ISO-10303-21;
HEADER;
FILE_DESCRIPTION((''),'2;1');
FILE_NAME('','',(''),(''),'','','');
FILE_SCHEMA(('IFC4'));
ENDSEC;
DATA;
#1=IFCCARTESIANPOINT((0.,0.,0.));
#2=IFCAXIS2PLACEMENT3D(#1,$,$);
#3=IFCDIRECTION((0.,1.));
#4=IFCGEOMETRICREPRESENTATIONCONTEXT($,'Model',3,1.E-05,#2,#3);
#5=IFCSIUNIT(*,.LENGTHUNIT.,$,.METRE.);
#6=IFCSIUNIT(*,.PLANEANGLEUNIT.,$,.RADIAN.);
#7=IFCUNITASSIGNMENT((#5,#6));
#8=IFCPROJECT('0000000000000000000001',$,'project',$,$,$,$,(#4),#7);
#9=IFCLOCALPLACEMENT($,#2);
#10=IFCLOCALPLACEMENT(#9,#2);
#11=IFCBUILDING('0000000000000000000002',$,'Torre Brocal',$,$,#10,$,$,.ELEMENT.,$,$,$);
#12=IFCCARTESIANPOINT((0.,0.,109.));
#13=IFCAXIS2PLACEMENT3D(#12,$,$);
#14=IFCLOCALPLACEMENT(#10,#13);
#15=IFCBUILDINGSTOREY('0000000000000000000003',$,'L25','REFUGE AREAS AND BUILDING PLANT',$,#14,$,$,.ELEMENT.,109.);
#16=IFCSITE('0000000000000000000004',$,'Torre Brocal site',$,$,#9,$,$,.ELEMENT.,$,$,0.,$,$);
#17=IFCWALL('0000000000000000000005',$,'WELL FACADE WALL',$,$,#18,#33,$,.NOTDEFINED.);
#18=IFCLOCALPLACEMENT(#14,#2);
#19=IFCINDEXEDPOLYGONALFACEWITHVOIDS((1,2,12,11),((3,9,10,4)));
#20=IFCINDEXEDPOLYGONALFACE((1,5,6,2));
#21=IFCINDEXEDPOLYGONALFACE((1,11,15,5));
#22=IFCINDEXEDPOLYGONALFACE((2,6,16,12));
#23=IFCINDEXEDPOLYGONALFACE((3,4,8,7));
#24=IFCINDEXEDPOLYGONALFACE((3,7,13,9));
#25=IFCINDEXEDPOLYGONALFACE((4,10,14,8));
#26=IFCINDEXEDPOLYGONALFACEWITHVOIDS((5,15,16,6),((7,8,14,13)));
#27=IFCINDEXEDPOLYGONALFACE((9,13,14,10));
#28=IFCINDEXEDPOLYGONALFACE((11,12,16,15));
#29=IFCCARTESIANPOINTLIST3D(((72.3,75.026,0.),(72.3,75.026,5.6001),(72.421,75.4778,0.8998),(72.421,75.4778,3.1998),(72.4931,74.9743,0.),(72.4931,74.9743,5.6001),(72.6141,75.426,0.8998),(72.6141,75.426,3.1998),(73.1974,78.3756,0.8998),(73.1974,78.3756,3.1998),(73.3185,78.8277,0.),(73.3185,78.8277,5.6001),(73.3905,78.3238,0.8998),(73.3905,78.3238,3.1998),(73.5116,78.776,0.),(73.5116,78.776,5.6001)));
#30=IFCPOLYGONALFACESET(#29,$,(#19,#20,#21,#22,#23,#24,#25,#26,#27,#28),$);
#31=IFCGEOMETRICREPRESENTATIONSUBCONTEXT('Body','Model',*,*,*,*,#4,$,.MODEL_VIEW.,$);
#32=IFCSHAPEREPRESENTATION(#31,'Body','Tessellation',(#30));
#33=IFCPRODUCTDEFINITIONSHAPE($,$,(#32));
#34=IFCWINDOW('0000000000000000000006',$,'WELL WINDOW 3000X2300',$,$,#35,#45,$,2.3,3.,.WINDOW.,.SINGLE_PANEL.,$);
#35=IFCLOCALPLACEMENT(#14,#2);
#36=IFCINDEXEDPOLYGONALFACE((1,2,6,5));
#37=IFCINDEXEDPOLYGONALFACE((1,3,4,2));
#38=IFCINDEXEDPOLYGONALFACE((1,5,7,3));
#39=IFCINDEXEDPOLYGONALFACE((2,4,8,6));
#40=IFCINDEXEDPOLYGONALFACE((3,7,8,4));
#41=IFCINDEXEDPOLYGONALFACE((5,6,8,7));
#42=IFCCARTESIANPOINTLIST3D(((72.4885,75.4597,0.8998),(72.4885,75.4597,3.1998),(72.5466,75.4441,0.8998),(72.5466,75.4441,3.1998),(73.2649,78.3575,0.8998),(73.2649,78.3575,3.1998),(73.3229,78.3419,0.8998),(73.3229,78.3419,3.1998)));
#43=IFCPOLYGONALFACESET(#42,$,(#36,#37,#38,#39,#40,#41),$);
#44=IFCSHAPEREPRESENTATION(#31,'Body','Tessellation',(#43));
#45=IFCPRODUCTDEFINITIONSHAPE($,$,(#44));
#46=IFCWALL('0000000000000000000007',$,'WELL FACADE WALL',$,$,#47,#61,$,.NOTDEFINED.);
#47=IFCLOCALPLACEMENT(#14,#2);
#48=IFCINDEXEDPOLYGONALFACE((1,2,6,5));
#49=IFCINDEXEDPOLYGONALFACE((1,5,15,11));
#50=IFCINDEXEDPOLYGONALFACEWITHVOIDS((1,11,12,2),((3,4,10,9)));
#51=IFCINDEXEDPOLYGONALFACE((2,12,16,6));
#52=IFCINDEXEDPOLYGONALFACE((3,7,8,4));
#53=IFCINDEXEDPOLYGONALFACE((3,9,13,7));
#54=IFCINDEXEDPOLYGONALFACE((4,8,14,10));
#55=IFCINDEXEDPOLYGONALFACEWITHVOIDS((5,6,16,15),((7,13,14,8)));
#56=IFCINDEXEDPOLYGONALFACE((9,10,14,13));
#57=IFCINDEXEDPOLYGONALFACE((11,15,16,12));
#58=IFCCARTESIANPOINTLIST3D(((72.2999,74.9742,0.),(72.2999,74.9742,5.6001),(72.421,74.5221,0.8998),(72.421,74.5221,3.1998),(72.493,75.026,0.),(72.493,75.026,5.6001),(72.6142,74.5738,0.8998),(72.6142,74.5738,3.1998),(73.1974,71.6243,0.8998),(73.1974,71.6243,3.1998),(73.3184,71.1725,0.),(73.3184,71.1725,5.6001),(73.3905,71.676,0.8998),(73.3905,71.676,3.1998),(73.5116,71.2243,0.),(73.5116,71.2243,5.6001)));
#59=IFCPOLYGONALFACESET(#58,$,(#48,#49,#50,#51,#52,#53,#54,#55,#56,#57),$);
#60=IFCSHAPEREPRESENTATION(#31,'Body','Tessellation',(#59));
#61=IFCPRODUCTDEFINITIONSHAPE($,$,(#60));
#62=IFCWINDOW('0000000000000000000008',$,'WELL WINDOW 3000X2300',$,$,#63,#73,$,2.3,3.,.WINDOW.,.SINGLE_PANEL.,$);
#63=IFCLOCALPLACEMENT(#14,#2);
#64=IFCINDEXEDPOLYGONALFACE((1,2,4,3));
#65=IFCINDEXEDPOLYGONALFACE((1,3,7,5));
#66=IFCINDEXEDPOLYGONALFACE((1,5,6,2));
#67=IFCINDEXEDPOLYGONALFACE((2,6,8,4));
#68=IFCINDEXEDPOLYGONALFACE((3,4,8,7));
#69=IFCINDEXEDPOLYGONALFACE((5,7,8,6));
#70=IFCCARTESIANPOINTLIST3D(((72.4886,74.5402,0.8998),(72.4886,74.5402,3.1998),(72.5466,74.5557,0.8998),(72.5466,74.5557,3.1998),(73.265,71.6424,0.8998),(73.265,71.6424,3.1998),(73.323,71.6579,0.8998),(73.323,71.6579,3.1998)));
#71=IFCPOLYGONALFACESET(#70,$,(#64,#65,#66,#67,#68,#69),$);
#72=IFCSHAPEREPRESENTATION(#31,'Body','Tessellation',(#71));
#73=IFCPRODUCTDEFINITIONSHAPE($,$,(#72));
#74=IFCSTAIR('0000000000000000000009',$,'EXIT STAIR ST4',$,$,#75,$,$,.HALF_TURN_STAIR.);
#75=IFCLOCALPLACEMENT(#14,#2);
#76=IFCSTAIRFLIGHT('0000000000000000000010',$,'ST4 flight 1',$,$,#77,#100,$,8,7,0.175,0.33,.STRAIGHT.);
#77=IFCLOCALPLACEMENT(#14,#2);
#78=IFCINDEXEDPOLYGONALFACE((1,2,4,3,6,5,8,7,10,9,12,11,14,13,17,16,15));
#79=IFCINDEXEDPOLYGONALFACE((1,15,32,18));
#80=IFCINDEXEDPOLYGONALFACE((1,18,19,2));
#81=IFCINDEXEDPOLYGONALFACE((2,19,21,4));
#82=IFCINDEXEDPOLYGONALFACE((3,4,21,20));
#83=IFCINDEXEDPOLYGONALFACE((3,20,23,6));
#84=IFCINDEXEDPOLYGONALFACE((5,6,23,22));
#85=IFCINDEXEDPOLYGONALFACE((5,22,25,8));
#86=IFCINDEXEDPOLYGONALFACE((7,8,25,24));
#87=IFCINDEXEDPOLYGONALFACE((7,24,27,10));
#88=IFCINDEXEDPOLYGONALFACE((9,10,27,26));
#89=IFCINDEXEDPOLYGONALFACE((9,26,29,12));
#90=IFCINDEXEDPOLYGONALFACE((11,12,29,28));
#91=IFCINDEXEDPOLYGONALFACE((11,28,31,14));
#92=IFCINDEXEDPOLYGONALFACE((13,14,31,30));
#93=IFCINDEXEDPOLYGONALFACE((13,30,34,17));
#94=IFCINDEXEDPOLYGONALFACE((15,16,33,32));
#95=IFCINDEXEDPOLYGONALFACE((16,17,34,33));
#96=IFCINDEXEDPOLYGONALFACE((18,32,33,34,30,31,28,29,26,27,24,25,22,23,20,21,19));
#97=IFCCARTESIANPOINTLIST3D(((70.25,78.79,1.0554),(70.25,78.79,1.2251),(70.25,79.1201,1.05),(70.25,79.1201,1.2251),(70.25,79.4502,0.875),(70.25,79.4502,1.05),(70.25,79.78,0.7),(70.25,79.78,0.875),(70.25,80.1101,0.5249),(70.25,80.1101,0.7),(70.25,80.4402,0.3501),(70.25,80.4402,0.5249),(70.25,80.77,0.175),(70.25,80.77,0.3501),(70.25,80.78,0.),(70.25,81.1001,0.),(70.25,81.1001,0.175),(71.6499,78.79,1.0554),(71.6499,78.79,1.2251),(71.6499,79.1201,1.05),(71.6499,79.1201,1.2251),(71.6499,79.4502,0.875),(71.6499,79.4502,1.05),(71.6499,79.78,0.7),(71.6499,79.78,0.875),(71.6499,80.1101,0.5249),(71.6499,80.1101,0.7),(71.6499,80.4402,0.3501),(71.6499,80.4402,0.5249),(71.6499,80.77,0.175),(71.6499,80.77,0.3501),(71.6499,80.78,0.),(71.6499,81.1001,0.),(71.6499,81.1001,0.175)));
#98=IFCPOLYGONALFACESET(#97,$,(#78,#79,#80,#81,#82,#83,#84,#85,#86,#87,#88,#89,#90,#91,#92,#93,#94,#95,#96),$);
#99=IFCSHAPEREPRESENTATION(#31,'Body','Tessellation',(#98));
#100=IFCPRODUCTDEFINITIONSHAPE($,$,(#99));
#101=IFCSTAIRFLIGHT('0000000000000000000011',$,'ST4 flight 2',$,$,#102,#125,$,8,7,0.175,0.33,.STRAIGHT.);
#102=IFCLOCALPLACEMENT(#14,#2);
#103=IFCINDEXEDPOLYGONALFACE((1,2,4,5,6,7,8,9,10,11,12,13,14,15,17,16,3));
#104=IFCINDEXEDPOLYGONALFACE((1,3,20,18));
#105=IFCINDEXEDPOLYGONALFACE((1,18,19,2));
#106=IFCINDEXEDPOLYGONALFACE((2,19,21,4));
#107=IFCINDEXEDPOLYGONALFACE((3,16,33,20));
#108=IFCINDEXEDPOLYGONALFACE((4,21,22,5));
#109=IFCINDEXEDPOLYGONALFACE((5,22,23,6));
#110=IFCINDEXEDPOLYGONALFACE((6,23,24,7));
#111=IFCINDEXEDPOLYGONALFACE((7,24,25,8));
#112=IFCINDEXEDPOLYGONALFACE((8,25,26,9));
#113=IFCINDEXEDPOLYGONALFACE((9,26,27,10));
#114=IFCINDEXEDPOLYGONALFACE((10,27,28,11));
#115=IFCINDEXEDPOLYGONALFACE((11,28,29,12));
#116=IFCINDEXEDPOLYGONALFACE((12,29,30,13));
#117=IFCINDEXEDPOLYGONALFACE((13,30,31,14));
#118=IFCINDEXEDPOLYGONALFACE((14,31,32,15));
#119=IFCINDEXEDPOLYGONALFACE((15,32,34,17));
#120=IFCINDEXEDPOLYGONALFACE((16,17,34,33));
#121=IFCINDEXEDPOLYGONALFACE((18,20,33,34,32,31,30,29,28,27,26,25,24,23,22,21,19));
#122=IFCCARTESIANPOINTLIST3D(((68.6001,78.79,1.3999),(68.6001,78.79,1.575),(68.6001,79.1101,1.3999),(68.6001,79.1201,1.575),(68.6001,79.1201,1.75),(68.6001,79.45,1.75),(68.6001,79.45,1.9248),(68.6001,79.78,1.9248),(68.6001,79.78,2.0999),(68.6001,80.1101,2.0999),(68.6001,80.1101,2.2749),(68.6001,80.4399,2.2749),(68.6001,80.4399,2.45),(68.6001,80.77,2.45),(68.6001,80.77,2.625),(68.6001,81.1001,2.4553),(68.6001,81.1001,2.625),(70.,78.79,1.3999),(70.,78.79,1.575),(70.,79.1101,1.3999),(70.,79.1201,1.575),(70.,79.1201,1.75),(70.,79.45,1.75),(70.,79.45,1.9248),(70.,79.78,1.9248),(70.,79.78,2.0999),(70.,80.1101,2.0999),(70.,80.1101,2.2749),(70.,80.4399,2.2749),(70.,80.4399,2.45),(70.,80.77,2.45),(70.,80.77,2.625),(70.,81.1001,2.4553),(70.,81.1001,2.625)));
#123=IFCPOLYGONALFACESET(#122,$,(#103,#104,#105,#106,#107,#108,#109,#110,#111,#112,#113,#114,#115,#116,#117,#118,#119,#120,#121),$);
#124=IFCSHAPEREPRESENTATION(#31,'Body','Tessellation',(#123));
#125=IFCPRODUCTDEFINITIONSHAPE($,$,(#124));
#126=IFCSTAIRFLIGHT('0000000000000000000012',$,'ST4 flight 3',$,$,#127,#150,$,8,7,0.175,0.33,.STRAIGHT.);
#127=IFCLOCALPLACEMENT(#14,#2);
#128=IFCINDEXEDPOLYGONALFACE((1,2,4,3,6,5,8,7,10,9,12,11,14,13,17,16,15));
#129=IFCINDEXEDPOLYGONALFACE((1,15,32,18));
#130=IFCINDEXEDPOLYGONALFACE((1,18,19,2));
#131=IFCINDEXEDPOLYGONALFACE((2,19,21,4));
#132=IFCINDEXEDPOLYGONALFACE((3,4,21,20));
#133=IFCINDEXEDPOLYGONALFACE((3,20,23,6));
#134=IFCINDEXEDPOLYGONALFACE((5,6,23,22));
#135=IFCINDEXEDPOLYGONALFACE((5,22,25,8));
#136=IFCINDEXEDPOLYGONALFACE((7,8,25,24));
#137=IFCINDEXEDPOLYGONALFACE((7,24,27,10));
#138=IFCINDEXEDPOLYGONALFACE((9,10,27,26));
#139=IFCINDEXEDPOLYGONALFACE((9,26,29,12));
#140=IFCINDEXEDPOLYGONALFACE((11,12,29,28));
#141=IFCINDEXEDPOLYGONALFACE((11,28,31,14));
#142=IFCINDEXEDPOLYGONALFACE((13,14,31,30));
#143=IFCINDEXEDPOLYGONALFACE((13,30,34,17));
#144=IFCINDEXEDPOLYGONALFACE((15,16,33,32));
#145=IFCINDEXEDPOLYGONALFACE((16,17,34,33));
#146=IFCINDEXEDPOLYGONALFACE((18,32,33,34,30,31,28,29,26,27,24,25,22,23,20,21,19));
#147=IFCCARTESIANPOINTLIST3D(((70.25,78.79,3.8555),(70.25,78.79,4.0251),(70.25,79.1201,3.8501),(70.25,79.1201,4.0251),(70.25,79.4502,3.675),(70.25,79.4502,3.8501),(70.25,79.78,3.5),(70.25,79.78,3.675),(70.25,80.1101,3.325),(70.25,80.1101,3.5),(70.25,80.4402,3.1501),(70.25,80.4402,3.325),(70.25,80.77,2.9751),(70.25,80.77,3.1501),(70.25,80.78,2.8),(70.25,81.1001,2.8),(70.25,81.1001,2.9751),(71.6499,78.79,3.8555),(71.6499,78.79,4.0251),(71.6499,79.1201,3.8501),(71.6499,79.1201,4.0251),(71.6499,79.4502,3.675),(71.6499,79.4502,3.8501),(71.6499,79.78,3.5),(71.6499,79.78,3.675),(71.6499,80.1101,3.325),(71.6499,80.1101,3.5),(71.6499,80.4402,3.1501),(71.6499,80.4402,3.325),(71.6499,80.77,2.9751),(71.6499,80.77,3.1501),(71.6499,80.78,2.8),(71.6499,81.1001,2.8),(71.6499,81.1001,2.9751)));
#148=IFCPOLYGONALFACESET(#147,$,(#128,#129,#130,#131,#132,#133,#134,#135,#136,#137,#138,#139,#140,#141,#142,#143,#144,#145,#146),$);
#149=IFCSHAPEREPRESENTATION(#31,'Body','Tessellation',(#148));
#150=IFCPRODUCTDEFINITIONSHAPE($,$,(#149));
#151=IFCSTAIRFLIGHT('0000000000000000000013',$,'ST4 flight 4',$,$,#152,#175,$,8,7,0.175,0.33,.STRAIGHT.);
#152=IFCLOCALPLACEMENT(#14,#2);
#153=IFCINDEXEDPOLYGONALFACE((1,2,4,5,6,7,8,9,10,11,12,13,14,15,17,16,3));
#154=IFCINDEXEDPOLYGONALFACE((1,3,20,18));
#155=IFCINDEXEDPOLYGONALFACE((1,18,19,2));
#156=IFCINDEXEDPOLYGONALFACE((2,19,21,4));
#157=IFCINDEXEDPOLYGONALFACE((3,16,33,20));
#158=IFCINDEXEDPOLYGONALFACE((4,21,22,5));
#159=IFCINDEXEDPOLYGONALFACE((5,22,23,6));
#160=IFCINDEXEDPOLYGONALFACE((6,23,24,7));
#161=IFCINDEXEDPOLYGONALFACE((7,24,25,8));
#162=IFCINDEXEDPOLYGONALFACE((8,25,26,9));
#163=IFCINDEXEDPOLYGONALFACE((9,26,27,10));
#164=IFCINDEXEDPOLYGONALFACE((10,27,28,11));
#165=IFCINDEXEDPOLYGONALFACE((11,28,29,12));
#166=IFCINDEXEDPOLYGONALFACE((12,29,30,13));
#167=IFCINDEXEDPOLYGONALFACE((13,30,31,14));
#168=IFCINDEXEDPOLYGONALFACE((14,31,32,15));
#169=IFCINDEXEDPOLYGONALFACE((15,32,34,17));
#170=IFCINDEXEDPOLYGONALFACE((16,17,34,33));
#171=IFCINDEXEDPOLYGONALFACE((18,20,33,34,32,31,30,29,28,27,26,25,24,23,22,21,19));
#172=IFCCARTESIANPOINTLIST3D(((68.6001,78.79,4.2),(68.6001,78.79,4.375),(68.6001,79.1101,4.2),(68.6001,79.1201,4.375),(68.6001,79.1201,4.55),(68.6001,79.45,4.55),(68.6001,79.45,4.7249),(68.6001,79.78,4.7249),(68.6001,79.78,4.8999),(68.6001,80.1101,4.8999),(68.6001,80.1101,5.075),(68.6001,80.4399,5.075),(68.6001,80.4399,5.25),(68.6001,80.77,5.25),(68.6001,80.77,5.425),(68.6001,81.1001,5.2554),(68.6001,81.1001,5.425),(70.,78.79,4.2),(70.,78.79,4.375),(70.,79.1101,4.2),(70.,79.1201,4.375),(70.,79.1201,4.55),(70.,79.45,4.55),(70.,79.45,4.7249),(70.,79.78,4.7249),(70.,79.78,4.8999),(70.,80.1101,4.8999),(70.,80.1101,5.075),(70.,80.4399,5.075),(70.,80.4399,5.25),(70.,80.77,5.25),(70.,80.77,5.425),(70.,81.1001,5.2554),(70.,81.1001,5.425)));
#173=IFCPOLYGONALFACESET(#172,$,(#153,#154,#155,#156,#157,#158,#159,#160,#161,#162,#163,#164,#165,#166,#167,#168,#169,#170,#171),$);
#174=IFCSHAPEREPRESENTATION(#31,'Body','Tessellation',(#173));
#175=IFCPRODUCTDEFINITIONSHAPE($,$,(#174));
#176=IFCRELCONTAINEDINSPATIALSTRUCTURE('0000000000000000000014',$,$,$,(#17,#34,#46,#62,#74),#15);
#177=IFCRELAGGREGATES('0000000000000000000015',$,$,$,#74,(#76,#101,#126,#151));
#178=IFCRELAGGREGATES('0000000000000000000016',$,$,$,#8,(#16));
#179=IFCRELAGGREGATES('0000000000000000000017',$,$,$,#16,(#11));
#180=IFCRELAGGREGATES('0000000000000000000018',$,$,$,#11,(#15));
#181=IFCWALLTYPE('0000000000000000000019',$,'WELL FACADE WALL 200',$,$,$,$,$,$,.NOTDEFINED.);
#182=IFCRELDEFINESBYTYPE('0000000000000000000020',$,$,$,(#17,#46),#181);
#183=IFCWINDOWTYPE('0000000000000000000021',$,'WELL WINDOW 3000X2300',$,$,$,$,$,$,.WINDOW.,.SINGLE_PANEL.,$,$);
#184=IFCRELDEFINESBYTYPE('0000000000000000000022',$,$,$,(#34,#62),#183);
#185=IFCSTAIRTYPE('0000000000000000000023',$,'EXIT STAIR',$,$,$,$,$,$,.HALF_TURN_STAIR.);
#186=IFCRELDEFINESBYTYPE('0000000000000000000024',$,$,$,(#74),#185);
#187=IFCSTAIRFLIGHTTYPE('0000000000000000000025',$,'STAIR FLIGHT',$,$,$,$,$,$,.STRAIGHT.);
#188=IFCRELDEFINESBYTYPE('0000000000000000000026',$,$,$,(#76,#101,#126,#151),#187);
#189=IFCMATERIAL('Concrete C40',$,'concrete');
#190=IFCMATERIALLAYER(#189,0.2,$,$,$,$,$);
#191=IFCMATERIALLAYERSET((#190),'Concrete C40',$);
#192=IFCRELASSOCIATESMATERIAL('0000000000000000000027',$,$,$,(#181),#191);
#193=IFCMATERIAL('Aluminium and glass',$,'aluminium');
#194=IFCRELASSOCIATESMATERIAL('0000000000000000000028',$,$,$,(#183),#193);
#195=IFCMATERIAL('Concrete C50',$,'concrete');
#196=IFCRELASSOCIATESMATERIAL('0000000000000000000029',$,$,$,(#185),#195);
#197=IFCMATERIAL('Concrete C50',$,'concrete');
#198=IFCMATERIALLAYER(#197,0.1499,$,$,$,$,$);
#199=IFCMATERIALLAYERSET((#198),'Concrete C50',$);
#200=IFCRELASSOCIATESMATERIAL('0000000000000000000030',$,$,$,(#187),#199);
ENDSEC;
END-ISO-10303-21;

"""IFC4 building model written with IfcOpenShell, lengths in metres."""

from ifc_helpers import new_model, si_unit, direction, frame, frame_2d, origin, place, context, subcontext, project, spatial, polyline, rectangle, outline, extrude, material, layer, layer_set, type_object, element, fill, aggregate, save


model = new_model("IFC4")

# Units and contexts
model_context = context("Model", 3, precision=1e-05, world=origin(), true_north=direction((0.0, 1.0)))
body_context = subcontext(model_context, "Body", "Model", "MODEL_VIEW")
ifc_project = project(units=[si_unit("LENGTHUNIT", "METRE"), si_unit("PLANEANGLEUNIT", "RADIAN")], contexts=[model_context])

# Site, building, storey
site_placement = place(None, origin())
site = spatial("IfcSite", under=ifc_project, at=site_placement, Name="Torre Brocal site", CompositionType="ELEMENT", RefElevation=0.0)
building_placement = place(site_placement, origin())
building = spatial("IfcBuilding", under=site, at=building_placement, Name="Torre Brocal", CompositionType="ELEMENT")
storey_placement = place(building_placement, frame((0.0, 0.0, 109.0)))
storey = spatial("IfcBuildingStorey", under=building, at=storey_placement, Name="L25", Description="REFUGE AREAS AND BUILDING PLANT", CompositionType="ELEMENT", Elevation=109.0)

# Walls, openings, windows
ifc_material_1 = material(Name="Concrete C40", Category="concrete")
ifc_layer_1 = layer(ifc_material_1, 0.2)
ifc_layer_set_1 = layer_set([ifc_layer_1], Name="Concrete C40")
wall_type_1 = type_object("IfcWallType", Name="WELL FACADE WALL 200", PredefinedType="NOTDEFINED", material=ifc_layer_set_1)
wall_1_placement = place(storey_placement, frame((73.415, 78.8018, 0.0), z_axis=(0.0, 0.0, 1.0), x_axis=(-0.25879, -0.965934, 0.0)))
wall_1 = element("IfcWall", 1, at=wall_1_placement, inside=storey, type_object=wall_type_1, Name="WELL FACADE WALL", PredefinedType="NOTDEFINED", context=body_context, shape_type="SweptSolid", body=[
    extrude(rectangle(XDim=3.9358, YDim=0.2, at=frame_2d((1.9678, 0.0))), origin(), (0.0, 0.0, 1.0), 5.6001),
])
opening_1_placement = place(wall_1_placement, frame((0.468, 0.0, 0.8999)))
opening_1 = element("IfcOpeningElement", 2, at=opening_1_placement, cuts=wall_1, PredefinedType="OPENING", context=body_context, shape_type="SweptSolid", body=[
    extrude(rectangle(XDim=3.0, YDim=2.3, at=frame_2d((1.5, 1.1499))), frame((0.0, 0.1099, 0.0), z_axis=(0.0, -1.0, 0.0), x_axis=(1.0, 0.0, 0.0)), (0.0, 0.0, 1.0), 0.22),
])
ifc_material_2 = material(Name="Aluminium and glass", Category="aluminium")
window_type_1 = type_object("IfcWindowType", Name="WELL WINDOW 3000X2300", PartitioningType="SINGLE_PANEL", PredefinedType="WINDOW", material=ifc_material_2)
window_1_placement = place(opening_1_placement, origin())
window_1 = element("IfcWindow", 3, at=window_1_placement, inside=storey, type_object=window_type_1, Name="WELL WINDOW 3000X2300", OverallHeight=2.3, OverallWidth=3.0, PartitioningType="SINGLE_PANEL", PredefinedType="WINDOW", context=body_context, shape_type="SweptSolid", body=[
    extrude(rectangle(XDim=3.0, YDim=2.3, at=frame_2d((1.5, 1.1499))), frame((0.0, 0.03, 0.0), z_axis=(0.0, -1.0, 0.0), x_axis=(1.0, 0.0, 0.0)), (0.0, 0.0, 1.0), 0.0601),
])
fill(opening_1, window_1)
wall_2_placement = place(storey_placement, frame((72.3965, 75.0, 0.0), z_axis=(0.0, 0.0, 1.0), x_axis=(0.25879, -0.965934, 0.0)))
wall_2 = element("IfcWall", 4, at=wall_2_placement, inside=storey, type_object=wall_type_1, Name="WELL FACADE WALL", PredefinedType="NOTDEFINED", context=body_context, shape_type="SweptSolid", body=[
    extrude(rectangle(XDim=3.9358, YDim=0.2, at=frame_2d((1.9678, 0.0))), origin(), (0.0, 0.0, 1.0), 5.6001),
])
opening_2_placement = place(wall_2_placement, frame((0.468, 0.0, 0.8999)))
opening_2 = element("IfcOpeningElement", 5, at=opening_2_placement, cuts=wall_2, PredefinedType="OPENING", context=body_context, shape_type="SweptSolid", body=[
    extrude(rectangle(XDim=3.0, YDim=2.3, at=frame_2d((1.5, 1.1499))), frame((0.0, 0.1099, 0.0), z_axis=(0.0, -1.0, 0.0), x_axis=(1.0, 0.0, 0.0)), (0.0, 0.0, 1.0), 0.22),
])
window_2_placement = place(opening_2_placement, origin())
window_2 = element("IfcWindow", 6, at=window_2_placement, inside=storey, type_object=window_type_1, Name="WELL WINDOW 3000X2300", OverallHeight=2.3, OverallWidth=3.0, PartitioningType="SINGLE_PANEL", PredefinedType="WINDOW", context=body_context, shape_type="SweptSolid", body=[
    extrude(rectangle(XDim=3.0, YDim=2.3, at=frame_2d((1.5, 1.1499))), frame((0.0, 0.03, 0.0), z_axis=(0.0, -1.0, 0.0), x_axis=(1.0, 0.0, 0.0)), (0.0, 0.0, 1.0), 0.0601),
])
fill(opening_2, window_2)

# Stair, stair flights
ifc_material_3 = material(Name="Concrete C50", Category="concrete")
stair_type = type_object("IfcStairType", Name="EXIT STAIR", PredefinedType="HALF_TURN_STAIR", material=ifc_material_3)
stair_placement = place(storey_placement, origin())
stair = element("IfcStair", 7, at=stair_placement, inside=storey, type_object=stair_type, Name="EXIT STAIR ST4", PredefinedType="HALF_TURN_STAIR")
ifc_material_4 = material(Name="Concrete C50", Category="concrete")
ifc_layer_2 = layer(ifc_material_4, 0.1499)
ifc_layer_set_2 = layer_set([ifc_layer_2], Name="Concrete C50")
stair_flight_type = type_object("IfcStairFlightType", Name="STAIR FLIGHT", PredefinedType="STRAIGHT", material=ifc_layer_set_2)
stair_flight_1_placement = place(storey_placement, frame((70.95, 81.1001, 0.0), z_axis=(0.0, 0.0, 1.0), x_axis=(0.0, -1.0, 0.0)))
stair_flight_1 = element("IfcStairFlight", 8, at=stair_flight_1_placement, type_object=stair_flight_type, Name="ST4 flight 1", NumberOfRisers=8, NumberOfTreads=7, PredefinedType="STRAIGHT", RiserHeight=0.175, TreadLength=0.33, context=body_context, shape_type="SweptSolid", body=[
    extrude(outline(polyline([(0.0, 0.0), (0.0, 0.175), (0.3301, 0.175), (0.3301, 0.3501), (0.6599, 0.3501), (0.6599, 0.5249), (0.99, 0.5249), (0.99, 0.7), (1.3201, 0.7), (1.3201, 0.875), (1.6499, 0.875), (1.6499, 1.05), (1.98, 1.05), (1.98, 1.2251), (2.3101, 1.2251), (2.3101, 1.3999), (2.3101, 1.0554), (0.3201, 0.0), (0.0, 0.0)])), frame((0.0, 0.7, 0.0), z_axis=(0.0, -1.0, 0.0), x_axis=(1.0, 0.0, 0.0)), (0.0, 0.0, 1.0), 1.3999),
])
stair_flight_2_placement = place(storey_placement, frame((69.3, 78.79, 1.3999), z_axis=(0.0, 0.0, 1.0), x_axis=(0.0, 1.0, 0.0)))
stair_flight_2 = element("IfcStairFlight", 9, at=stair_flight_2_placement, type_object=stair_flight_type, Name="ST4 flight 2", NumberOfRisers=8, NumberOfTreads=7, PredefinedType="STRAIGHT", RiserHeight=0.175, TreadLength=0.33, context=body_context, shape_type="SweptSolid", body=[
    extrude(outline(polyline([(0.0, 0.0), (0.0, 0.175), (0.3301, 0.175), (0.3301, 0.3501), (0.6599, 0.3501), (0.6599, 0.5249), (0.99, 0.5249), (0.99, 0.7), (1.3201, 0.7), (1.3201, 0.875), (1.6499, 0.875), (1.6499, 1.05), (1.98, 1.05), (1.98, 1.2251), (2.3101, 1.2251), (2.3101, 1.3999), (2.3101, 1.0554), (0.3201, 0.0), (0.0, 0.0)])), frame((0.0, 0.7, 0.0), z_axis=(0.0, -1.0, 0.0), x_axis=(1.0, 0.0, 0.0)), (0.0, 0.0, 1.0), 1.3999),
])
stair_flight_3_placement = place(storey_placement, frame((70.95, 81.1001, 2.8), z_axis=(0.0, 0.0, 1.0), x_axis=(0.0, -1.0, 0.0)))
stair_flight_3 = element("IfcStairFlight", 10, at=stair_flight_3_placement, type_object=stair_flight_type, Name="ST4 flight 3", NumberOfRisers=8, NumberOfTreads=7, PredefinedType="STRAIGHT", RiserHeight=0.175, TreadLength=0.33, context=body_context, shape_type="SweptSolid", body=[
    extrude(outline(polyline([(0.0, 0.0), (0.0, 0.175), (0.3301, 0.175), (0.3301, 0.3501), (0.6599, 0.3501), (0.6599, 0.5249), (0.99, 0.5249), (0.99, 0.7), (1.3201, 0.7), (1.3201, 0.875), (1.6499, 0.875), (1.6499, 1.05), (1.98, 1.05), (1.98, 1.2251), (2.3101, 1.2251), (2.3101, 1.3999), (2.3101, 1.0554), (0.3201, 0.0), (0.0, 0.0)])), frame((0.0, 0.7, 0.0), z_axis=(0.0, -1.0, 0.0), x_axis=(1.0, 0.0, 0.0)), (0.0, 0.0, 1.0), 1.3999),
])
stair_flight_4_placement = place(storey_placement, frame((69.3, 78.79, 4.2), z_axis=(0.0, 0.0, 1.0), x_axis=(0.0, 1.0, 0.0)))
stair_flight_4 = element("IfcStairFlight", 11, at=stair_flight_4_placement, type_object=stair_flight_type, Name="ST4 flight 4", NumberOfRisers=8, NumberOfTreads=7, PredefinedType="STRAIGHT", RiserHeight=0.175, TreadLength=0.33, context=body_context, shape_type="SweptSolid", body=[
    extrude(outline(polyline([(0.0, 0.0), (0.0, 0.175), (0.3301, 0.175), (0.3301, 0.3501), (0.6599, 0.3501), (0.6599, 0.5249), (0.99, 0.5249), (0.99, 0.7), (1.3201, 0.7), (1.3201, 0.875), (1.6499, 0.875), (1.6499, 1.05), (1.98, 1.05), (1.98, 1.2251), (2.3101, 1.2251), (2.3101, 1.3999), (2.3101, 1.0554), (0.3201, 0.0), (0.0, 0.0)])), frame((0.0, 0.7, 0.0), z_axis=(0.0, -1.0, 0.0), x_axis=(1.0, 0.0, 0.0)), (0.0, 0.0, 1.0), 1.3999),
])
aggregate(stair, [stair_flight_1, stair_flight_2, stair_flight_3, stair_flight_4])

save(model, "model.ifc")
